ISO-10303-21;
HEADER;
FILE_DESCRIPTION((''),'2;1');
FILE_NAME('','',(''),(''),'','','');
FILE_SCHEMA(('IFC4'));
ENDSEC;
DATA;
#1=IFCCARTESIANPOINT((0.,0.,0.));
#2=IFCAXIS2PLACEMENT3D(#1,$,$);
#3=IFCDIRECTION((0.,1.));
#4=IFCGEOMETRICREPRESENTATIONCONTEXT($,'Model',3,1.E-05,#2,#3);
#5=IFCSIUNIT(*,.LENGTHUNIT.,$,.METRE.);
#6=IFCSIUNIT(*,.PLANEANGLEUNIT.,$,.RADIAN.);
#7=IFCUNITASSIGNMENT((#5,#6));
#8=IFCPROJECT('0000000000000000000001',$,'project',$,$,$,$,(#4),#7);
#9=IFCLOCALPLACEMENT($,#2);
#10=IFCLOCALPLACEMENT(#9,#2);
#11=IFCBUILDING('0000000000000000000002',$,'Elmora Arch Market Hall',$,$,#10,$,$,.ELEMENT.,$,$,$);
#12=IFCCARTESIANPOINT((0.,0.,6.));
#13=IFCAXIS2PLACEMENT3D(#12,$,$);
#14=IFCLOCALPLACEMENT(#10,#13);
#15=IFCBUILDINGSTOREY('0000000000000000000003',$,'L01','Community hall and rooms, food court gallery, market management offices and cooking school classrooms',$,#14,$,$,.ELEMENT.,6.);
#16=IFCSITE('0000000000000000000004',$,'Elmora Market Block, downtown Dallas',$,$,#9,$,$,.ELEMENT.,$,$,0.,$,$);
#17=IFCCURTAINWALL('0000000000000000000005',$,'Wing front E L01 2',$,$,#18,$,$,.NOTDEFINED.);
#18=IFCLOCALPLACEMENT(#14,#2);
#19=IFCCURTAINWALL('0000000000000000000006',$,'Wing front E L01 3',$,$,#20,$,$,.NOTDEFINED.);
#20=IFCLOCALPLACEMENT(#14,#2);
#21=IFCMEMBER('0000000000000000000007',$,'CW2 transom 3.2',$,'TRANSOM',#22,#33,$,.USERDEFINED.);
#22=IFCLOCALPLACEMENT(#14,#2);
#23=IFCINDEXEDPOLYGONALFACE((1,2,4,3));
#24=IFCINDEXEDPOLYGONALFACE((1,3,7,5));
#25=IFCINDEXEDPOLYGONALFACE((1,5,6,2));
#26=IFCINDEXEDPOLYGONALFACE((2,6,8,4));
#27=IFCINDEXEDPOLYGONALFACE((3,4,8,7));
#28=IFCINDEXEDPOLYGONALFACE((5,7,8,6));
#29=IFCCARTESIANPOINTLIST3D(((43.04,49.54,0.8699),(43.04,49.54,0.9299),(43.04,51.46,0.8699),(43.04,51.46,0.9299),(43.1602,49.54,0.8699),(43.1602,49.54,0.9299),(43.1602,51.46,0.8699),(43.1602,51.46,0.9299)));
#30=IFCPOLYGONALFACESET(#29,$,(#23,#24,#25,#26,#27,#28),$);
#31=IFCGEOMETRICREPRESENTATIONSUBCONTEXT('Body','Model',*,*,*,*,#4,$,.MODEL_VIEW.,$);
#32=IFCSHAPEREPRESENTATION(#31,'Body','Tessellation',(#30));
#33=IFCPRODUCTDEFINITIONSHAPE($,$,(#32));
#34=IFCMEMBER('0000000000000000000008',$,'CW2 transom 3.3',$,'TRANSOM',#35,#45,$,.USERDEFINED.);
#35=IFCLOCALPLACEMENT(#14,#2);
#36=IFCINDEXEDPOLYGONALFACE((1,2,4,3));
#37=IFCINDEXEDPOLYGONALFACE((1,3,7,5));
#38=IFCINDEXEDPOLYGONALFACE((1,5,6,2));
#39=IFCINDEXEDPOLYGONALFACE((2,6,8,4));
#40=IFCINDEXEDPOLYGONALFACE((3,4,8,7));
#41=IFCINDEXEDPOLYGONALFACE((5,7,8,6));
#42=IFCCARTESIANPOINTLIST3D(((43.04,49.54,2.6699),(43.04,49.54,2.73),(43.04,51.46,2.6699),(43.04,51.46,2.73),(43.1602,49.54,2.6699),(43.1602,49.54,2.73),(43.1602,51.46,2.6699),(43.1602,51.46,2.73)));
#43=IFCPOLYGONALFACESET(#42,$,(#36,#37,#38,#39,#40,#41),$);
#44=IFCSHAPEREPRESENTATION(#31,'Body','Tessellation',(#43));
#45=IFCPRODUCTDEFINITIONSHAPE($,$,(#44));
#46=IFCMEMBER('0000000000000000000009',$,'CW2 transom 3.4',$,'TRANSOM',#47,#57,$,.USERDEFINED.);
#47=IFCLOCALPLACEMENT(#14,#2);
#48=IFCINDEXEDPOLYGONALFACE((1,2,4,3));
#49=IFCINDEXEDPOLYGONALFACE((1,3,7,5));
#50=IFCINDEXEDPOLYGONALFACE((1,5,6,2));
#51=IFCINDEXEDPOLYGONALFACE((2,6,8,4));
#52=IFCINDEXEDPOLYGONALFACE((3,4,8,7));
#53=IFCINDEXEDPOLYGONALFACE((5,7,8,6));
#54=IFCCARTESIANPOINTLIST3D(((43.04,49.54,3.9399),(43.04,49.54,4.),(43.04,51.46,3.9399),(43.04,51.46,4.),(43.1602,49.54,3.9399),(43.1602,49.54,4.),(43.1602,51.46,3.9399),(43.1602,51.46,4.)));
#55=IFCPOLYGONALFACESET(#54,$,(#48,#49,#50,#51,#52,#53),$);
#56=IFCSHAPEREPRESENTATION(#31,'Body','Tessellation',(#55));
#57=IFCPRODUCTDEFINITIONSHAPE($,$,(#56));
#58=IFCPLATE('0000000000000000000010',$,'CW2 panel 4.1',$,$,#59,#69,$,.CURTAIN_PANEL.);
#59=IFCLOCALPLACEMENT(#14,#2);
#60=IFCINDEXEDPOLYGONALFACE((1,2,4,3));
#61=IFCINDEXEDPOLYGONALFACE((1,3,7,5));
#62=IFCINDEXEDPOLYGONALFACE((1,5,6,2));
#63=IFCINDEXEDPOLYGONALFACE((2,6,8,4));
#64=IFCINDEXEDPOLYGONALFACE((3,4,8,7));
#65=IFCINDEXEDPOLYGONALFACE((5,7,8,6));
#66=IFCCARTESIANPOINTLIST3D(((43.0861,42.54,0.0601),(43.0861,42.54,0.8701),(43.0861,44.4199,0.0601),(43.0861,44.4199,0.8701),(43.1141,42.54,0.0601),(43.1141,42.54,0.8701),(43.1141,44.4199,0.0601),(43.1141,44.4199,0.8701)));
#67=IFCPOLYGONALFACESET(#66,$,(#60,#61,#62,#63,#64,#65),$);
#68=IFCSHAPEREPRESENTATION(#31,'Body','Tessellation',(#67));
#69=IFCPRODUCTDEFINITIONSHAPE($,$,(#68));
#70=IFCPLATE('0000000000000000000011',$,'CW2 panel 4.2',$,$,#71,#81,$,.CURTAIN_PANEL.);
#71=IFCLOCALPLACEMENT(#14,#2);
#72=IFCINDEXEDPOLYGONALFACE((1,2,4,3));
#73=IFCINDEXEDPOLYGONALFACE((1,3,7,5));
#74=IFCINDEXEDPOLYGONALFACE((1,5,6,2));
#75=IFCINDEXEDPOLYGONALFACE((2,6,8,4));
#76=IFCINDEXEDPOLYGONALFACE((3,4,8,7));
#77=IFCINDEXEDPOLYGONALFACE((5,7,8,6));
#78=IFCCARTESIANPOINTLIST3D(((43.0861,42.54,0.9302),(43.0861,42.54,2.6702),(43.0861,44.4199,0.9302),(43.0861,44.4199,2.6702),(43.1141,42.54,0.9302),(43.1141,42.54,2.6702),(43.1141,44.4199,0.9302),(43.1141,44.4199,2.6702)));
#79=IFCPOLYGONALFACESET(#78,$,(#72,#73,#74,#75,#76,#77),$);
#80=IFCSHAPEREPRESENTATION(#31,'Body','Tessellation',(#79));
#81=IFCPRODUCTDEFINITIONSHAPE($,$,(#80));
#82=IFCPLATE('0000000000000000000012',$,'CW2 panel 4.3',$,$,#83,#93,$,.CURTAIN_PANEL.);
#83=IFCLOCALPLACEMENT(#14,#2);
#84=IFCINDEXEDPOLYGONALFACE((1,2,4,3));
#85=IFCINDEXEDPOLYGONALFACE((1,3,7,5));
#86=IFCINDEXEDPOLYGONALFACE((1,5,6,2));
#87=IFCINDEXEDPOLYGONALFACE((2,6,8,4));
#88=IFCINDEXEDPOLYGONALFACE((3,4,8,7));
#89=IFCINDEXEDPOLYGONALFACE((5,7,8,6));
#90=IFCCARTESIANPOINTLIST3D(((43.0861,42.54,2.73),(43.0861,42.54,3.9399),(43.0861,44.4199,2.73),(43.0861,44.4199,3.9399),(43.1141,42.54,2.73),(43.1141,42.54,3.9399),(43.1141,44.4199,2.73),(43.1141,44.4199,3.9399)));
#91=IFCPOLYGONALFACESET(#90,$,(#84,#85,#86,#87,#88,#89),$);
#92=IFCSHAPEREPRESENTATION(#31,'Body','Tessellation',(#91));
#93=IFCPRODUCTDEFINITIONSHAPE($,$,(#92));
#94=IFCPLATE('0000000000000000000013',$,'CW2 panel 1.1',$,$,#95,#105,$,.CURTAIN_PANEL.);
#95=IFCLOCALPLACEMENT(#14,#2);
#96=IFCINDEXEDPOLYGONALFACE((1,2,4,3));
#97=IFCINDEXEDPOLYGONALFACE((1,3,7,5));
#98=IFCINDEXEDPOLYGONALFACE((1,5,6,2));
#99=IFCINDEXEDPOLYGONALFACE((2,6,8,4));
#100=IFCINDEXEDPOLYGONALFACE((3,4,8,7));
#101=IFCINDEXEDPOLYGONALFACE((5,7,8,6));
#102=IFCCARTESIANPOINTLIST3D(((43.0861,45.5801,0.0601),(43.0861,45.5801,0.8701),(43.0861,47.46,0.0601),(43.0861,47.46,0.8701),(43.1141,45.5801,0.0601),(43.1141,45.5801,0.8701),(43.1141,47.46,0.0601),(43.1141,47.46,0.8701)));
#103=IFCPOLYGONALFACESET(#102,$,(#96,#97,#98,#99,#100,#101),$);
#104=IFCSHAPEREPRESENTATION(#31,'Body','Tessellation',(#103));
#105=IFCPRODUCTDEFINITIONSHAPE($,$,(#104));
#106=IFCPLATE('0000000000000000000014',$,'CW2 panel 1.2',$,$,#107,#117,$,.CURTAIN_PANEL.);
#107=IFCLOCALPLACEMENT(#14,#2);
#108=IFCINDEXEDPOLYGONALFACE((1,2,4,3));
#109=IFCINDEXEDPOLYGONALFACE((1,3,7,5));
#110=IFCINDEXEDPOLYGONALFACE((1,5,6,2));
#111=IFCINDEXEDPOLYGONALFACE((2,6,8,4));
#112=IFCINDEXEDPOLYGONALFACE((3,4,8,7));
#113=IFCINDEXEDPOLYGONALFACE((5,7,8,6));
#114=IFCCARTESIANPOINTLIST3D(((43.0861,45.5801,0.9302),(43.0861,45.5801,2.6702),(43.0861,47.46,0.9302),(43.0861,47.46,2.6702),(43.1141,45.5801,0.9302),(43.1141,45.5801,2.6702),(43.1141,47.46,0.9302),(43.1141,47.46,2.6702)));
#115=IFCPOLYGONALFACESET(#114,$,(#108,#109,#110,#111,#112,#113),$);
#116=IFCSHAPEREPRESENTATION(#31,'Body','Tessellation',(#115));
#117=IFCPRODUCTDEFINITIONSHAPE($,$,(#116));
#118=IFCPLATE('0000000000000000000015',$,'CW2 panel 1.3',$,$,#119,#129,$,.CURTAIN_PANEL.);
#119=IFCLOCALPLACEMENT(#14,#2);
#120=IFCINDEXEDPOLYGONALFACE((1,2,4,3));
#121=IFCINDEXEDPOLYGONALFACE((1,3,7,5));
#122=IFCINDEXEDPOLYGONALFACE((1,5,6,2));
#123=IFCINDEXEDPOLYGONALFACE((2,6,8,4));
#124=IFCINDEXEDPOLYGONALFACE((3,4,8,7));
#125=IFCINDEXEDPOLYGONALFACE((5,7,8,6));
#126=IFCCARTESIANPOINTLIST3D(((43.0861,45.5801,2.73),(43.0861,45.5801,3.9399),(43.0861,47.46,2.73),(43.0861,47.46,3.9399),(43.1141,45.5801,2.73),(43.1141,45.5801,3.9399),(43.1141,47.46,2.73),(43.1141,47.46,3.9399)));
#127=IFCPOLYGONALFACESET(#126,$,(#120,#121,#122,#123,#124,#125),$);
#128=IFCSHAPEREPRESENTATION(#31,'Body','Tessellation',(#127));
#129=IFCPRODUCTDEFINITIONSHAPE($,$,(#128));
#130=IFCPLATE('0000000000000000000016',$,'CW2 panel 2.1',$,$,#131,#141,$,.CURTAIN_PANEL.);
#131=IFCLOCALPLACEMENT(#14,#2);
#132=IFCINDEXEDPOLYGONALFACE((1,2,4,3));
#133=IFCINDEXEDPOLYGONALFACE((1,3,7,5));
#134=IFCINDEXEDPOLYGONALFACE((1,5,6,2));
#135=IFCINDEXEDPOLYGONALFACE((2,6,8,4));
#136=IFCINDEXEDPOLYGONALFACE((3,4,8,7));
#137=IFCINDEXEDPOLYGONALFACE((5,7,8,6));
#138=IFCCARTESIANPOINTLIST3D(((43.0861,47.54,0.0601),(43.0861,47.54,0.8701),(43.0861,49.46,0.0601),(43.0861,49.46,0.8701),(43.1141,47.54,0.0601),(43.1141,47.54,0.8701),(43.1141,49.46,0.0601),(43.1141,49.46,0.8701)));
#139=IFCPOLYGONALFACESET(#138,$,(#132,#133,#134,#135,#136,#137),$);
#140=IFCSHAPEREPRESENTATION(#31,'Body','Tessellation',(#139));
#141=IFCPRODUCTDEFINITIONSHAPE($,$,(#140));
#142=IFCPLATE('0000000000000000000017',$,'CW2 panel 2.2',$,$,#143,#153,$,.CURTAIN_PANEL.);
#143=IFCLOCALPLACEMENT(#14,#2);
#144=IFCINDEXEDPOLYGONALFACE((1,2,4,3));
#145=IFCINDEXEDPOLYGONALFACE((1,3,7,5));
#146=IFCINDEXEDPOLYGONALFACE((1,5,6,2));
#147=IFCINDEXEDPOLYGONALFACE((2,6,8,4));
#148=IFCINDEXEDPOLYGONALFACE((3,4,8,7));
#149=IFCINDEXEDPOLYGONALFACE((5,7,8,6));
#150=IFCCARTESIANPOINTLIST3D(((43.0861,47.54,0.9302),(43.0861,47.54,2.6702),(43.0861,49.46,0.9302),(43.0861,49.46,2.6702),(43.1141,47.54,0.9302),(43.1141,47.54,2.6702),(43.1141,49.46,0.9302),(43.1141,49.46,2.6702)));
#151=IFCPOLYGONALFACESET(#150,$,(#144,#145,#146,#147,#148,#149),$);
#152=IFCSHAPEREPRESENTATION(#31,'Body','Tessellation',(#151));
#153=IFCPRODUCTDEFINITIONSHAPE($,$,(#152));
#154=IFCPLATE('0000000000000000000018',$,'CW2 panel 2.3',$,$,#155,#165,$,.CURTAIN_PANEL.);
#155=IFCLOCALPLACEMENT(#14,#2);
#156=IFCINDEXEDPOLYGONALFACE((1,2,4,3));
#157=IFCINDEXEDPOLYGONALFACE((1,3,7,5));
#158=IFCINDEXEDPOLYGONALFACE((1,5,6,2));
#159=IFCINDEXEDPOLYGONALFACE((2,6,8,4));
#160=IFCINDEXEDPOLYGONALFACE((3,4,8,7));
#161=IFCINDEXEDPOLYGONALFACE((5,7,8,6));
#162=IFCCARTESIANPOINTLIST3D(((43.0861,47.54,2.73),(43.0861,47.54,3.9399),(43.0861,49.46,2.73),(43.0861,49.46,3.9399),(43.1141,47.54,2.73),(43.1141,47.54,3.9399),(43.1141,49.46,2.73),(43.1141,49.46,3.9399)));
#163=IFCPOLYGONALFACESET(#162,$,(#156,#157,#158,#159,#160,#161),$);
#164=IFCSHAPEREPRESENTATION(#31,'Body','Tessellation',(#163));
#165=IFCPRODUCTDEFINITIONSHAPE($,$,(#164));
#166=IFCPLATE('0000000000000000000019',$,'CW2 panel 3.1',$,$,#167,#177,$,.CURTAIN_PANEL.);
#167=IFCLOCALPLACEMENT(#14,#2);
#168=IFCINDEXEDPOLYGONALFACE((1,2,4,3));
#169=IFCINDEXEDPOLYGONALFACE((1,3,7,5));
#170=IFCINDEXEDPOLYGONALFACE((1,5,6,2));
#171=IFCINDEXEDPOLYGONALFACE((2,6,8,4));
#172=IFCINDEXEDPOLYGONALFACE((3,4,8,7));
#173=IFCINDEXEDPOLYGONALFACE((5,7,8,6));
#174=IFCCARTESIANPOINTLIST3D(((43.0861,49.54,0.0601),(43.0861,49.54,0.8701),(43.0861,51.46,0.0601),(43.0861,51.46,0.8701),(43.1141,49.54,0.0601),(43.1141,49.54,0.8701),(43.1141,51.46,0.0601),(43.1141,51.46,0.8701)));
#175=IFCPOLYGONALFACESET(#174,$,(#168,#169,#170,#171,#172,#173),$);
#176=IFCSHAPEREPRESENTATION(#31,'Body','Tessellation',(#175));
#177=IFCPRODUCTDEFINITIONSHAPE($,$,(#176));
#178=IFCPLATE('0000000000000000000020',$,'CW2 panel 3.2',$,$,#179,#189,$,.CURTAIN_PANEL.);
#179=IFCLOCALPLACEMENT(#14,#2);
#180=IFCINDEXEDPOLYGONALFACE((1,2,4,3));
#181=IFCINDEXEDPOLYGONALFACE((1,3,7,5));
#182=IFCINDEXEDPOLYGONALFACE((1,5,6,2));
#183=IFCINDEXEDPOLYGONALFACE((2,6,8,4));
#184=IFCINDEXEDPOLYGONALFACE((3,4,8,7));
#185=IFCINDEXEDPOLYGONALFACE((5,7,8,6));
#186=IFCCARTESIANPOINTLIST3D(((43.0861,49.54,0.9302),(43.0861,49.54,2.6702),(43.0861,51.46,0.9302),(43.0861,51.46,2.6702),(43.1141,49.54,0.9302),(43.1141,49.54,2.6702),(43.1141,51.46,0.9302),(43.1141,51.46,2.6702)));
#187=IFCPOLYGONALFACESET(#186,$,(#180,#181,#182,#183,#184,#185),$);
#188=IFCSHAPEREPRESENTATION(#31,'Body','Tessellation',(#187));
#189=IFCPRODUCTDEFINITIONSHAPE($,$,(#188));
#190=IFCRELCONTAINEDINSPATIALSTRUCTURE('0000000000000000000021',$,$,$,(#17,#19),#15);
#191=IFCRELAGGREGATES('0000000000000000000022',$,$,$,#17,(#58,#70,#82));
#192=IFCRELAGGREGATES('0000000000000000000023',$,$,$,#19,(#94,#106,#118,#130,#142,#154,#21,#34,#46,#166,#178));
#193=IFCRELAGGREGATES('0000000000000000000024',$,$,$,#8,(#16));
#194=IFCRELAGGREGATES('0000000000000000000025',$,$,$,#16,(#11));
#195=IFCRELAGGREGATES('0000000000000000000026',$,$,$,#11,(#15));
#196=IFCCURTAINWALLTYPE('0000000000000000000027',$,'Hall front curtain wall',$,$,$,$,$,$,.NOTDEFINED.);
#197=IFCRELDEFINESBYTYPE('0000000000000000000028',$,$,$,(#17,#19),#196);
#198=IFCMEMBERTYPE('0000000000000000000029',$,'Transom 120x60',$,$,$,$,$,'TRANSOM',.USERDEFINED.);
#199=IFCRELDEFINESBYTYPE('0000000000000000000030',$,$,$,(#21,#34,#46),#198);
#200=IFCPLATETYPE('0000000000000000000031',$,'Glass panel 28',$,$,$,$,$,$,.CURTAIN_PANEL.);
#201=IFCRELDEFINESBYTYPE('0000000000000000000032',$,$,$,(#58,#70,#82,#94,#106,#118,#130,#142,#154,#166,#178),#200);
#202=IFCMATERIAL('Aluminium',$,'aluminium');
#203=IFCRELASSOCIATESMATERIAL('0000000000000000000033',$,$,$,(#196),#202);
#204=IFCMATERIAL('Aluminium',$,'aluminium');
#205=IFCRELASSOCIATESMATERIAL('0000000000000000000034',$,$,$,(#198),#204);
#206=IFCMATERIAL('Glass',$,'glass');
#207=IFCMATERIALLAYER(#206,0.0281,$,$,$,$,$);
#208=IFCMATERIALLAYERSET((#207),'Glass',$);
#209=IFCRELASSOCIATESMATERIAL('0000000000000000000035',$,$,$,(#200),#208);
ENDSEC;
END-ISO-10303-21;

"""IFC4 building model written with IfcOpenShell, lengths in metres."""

from ifc_helpers import new_model, si_unit, direction, frame, origin, origin_2d, place, context, subcontext, project, spatial, rectangle, extrude, material, layer, layer_set, material_profile, profile_set, type_object, element, aggregate, save


model = new_model("IFC4")

# Units and contexts
model_context = context("Model", 3, precision=1e-05, world=origin(), true_north=direction((0.0, 1.0)))
body_context = subcontext(model_context, "Body", "Model", "MODEL_VIEW")
ifc_project = project(units=[si_unit("LENGTHUNIT", "METRE"), si_unit("PLANEANGLEUNIT", "RADIAN")], contexts=[model_context])

# Site, building, storey
site_placement = place(None, origin())
site = spatial("IfcSite", under=ifc_project, at=site_placement, Name="Elmora Market Block, downtown Dallas", CompositionType="ELEMENT", RefElevation=0.0)
building_placement = place(site_placement, origin())
building = spatial("IfcBuilding", under=site, at=building_placement, Name="Elmora Arch Market Hall", CompositionType="ELEMENT")
storey_placement = place(building_placement, frame((0.0, 0.0, 6.0)))
storey = spatial("IfcBuildingStorey", under=building, at=storey_placement, Name="L01", Description="Community hall and rooms, food court gallery, market management offices and cooking school classrooms", CompositionType="ELEMENT", Elevation=6.0)

# Curtain wall
ifc_material_1 = material(Name="Aluminium", Category="aluminium")
curtain_wall_type = type_object("IfcCurtainWallType", Name="Hall front curtain wall", PredefinedType="NOTDEFINED", material=ifc_material_1)
curtain_wall_1_placement = place(storey_placement, origin())
curtain_wall_1 = element("IfcCurtainWall", 1, at=curtain_wall_1_placement, inside=storey, type_object=curtain_wall_type, Name="Wing front E L01 2", PredefinedType="NOTDEFINED")

# Curtain wall
curtain_wall_2_placement = place(storey_placement, origin())
curtain_wall_2 = element("IfcCurtainWall", 2, at=curtain_wall_2_placement, inside=storey, type_object=curtain_wall_type, Name="Wing front E L01 3", PredefinedType="NOTDEFINED")

# Members
ifc_material_2 = material(Name="Aluminium", Category="aluminium")
ifc_material_profile_1 = material_profile(ifc_material_2, rectangle(XDim=0.1201, YDim=0.0601, at=origin_2d()), Name="AL 120x60")
ifc_profile_set_1 = profile_set([ifc_material_profile_1], Name="Aluminium")
member_type_1 = type_object("IfcMemberType", Name="Transom 120x60", ElementType="TRANSOM", PredefinedType="USERDEFINED", material=ifc_profile_set_1)
member_1_placement = place(storey_placement, frame((43.1001, 49.54, 0.8999), z_axis=(0.0, 1.0, 0.0), x_axis=(-1.0, 0.0, 0.0)))
member_1 = element("IfcMember", 3, at=member_1_placement, type_object=member_type_1, Name="CW2 transom 3.2", ObjectType="TRANSOM", PredefinedType="USERDEFINED", context=body_context, shape_type="SweptSolid", body=[
    extrude(rectangle(XDim=0.1201, YDim=0.0601, at=origin_2d()), origin(), (0.0, 0.0, 1.0), 1.9199),
])
member_2_placement = place(storey_placement, frame((43.1001, 49.54, 2.7), z_axis=(0.0, 1.0, 0.0), x_axis=(-1.0, 0.0, 0.0)))
member_2 = element("IfcMember", 4, at=member_2_placement, type_object=member_type_1, Name="CW2 transom 3.3", ObjectType="TRANSOM", PredefinedType="USERDEFINED", context=body_context, shape_type="SweptSolid", body=[
    extrude(rectangle(XDim=0.1201, YDim=0.0601, at=origin_2d()), origin(), (0.0, 0.0, 1.0), 1.9199),
])
member_3_placement = place(storey_placement, frame((43.1001, 49.54, 3.97), z_axis=(0.0, 1.0, 0.0), x_axis=(-1.0, 0.0, 0.0)))
member_3 = element("IfcMember", 5, at=member_3_placement, type_object=member_type_1, Name="CW2 transom 3.4", ObjectType="TRANSOM", PredefinedType="USERDEFINED", context=body_context, shape_type="SweptSolid", body=[
    extrude(rectangle(XDim=0.1201, YDim=0.0601, at=origin_2d()), origin(), (0.0, 0.0, 1.0), 1.9199),
])

# Plates
ifc_material_3 = material(Name="Glass", Category="glass")
ifc_layer = layer(ifc_material_3, 0.0281)
ifc_layer_set = layer_set([ifc_layer], Name="Glass")
plate_type = type_object("IfcPlateType", Name="Glass panel 28", PredefinedType="CURTAIN_PANEL", material=ifc_layer_set)
plate_1_placement = place(storey_placement, frame((43.1001, 43.48, 0.0601), z_axis=(0.0, 0.0, 1.0), x_axis=(0.0, 1.0, 0.0)))
plate_1 = element("IfcPlate", 6, at=plate_1_placement, type_object=plate_type, Name="CW2 panel 4.1", PredefinedType="CURTAIN_PANEL", context=body_context, shape_type="SweptSolid", body=[
    extrude(rectangle(XDim=1.8799, YDim=0.0281, at=origin_2d()), origin(), (0.0, 0.0, 1.0), 0.8101),
])
plate_2_placement = place(storey_placement, frame((43.1001, 43.48, 0.9302), z_axis=(0.0, 0.0, 1.0), x_axis=(0.0, 1.0, 0.0)))
plate_2 = element("IfcPlate", 7, at=plate_2_placement, type_object=plate_type, Name="CW2 panel 4.2", PredefinedType="CURTAIN_PANEL", context=body_context, shape_type="SweptSolid", body=[
    extrude(rectangle(XDim=1.8799, YDim=0.0281, at=origin_2d()), origin(), (0.0, 0.0, 1.0), 1.74),
])
plate_3_placement = place(storey_placement, frame((43.1001, 43.48, 2.73), z_axis=(0.0, 0.0, 1.0), x_axis=(0.0, 1.0, 0.0)))
plate_3 = element("IfcPlate", 8, at=plate_3_placement, type_object=plate_type, Name="CW2 panel 4.3", PredefinedType="CURTAIN_PANEL", context=body_context, shape_type="SweptSolid", body=[
    extrude(rectangle(XDim=1.8799, YDim=0.0281, at=origin_2d()), origin(), (0.0, 0.0, 1.0), 1.21),
])
aggregate(curtain_wall_1, [plate_1, plate_2, plate_3])
plate_4_placement = place(storey_placement, frame((43.1001, 46.52, 0.0601), z_axis=(0.0, 0.0, 1.0), x_axis=(0.0, 1.0, 0.0)))
plate_4 = element("IfcPlate", 9, at=plate_4_placement, type_object=plate_type, Name="CW2 panel 1.1", PredefinedType="CURTAIN_PANEL", context=body_context, shape_type="SweptSolid", body=[
    extrude(rectangle(XDim=1.8799, YDim=0.0281, at=origin_2d()), origin(), (0.0, 0.0, 1.0), 0.8101),
])
plate_5_placement = place(storey_placement, frame((43.1001, 46.52, 0.9302), z_axis=(0.0, 0.0, 1.0), x_axis=(0.0, 1.0, 0.0)))
plate_5 = element("IfcPlate", 10, at=plate_5_placement, type_object=plate_type, Name="CW2 panel 1.2", PredefinedType="CURTAIN_PANEL", context=body_context, shape_type="SweptSolid", body=[
    extrude(rectangle(XDim=1.8799, YDim=0.0281, at=origin_2d()), origin(), (0.0, 0.0, 1.0), 1.74),
])
plate_6_placement = place(storey_placement, frame((43.1001, 46.52, 2.73), z_axis=(0.0, 0.0, 1.0), x_axis=(0.0, 1.0, 0.0)))
plate_6 = element("IfcPlate", 11, at=plate_6_placement, type_object=plate_type, Name="CW2 panel 1.3", PredefinedType="CURTAIN_PANEL", context=body_context, shape_type="SweptSolid", body=[
    extrude(rectangle(XDim=1.8799, YDim=0.0281, at=origin_2d()), origin(), (0.0, 0.0, 1.0), 1.21),
])
plate_7_placement = place(storey_placement, frame((43.1001, 48.5, 0.0601), z_axis=(0.0, 0.0, 1.0), x_axis=(0.0, 1.0, 0.0)))
plate_7 = element("IfcPlate", 12, at=plate_7_placement, type_object=plate_type, Name="CW2 panel 2.1", PredefinedType="CURTAIN_PANEL", context=body_context, shape_type="SweptSolid", body=[
    extrude(rectangle(XDim=1.9199, YDim=0.0281, at=origin_2d()), origin(), (0.0, 0.0, 1.0), 0.8101),
])
plate_8_placement = place(storey_placement, frame((43.1001, 48.5, 0.9302), z_axis=(0.0, 0.0, 1.0), x_axis=(0.0, 1.0, 0.0)))
plate_8 = element("IfcPlate", 13, at=plate_8_placement, type_object=plate_type, Name="CW2 panel 2.2", PredefinedType="CURTAIN_PANEL", context=body_context, shape_type="SweptSolid", body=[
    extrude(rectangle(XDim=1.9199, YDim=0.0281, at=origin_2d()), origin(), (0.0, 0.0, 1.0), 1.74),
])
plate_9_placement = place(storey_placement, frame((43.1001, 48.5, 2.73), z_axis=(0.0, 0.0, 1.0), x_axis=(0.0, 1.0, 0.0)))
plate_9 = element("IfcPlate", 14, at=plate_9_placement, type_object=plate_type, Name="CW2 panel 2.3", PredefinedType="CURTAIN_PANEL", context=body_context, shape_type="SweptSolid", body=[
    extrude(rectangle(XDim=1.9199, YDim=0.0281, at=origin_2d()), origin(), (0.0, 0.0, 1.0), 1.21),
])
plate_10_placement = place(storey_placement, frame((43.1001, 50.5, 0.0601), z_axis=(0.0, 0.0, 1.0), x_axis=(0.0, 1.0, 0.0)))
plate_10 = element("IfcPlate", 15, at=plate_10_placement, type_object=plate_type, Name="CW2 panel 3.1", PredefinedType="CURTAIN_PANEL", context=body_context, shape_type="SweptSolid", body=[
    extrude(rectangle(XDim=1.9199, YDim=0.0281, at=origin_2d()), origin(), (0.0, 0.0, 1.0), 0.8101),
])
plate_11_placement = place(storey_placement, frame((43.1001, 50.5, 0.9302), z_axis=(0.0, 0.0, 1.0), x_axis=(0.0, 1.0, 0.0)))
plate_11 = element("IfcPlate", 16, at=plate_11_placement, type_object=plate_type, Name="CW2 panel 3.2", PredefinedType="CURTAIN_PANEL", context=body_context, shape_type="SweptSolid", body=[
    extrude(rectangle(XDim=1.9199, YDim=0.0281, at=origin_2d()), origin(), (0.0, 0.0, 1.0), 1.74),
])
aggregate(curtain_wall_2, [plate_4, plate_5, plate_6, plate_7, plate_8, plate_9, member_1, member_2, member_3, plate_10, plate_11])

save(model, "model.ifc")
